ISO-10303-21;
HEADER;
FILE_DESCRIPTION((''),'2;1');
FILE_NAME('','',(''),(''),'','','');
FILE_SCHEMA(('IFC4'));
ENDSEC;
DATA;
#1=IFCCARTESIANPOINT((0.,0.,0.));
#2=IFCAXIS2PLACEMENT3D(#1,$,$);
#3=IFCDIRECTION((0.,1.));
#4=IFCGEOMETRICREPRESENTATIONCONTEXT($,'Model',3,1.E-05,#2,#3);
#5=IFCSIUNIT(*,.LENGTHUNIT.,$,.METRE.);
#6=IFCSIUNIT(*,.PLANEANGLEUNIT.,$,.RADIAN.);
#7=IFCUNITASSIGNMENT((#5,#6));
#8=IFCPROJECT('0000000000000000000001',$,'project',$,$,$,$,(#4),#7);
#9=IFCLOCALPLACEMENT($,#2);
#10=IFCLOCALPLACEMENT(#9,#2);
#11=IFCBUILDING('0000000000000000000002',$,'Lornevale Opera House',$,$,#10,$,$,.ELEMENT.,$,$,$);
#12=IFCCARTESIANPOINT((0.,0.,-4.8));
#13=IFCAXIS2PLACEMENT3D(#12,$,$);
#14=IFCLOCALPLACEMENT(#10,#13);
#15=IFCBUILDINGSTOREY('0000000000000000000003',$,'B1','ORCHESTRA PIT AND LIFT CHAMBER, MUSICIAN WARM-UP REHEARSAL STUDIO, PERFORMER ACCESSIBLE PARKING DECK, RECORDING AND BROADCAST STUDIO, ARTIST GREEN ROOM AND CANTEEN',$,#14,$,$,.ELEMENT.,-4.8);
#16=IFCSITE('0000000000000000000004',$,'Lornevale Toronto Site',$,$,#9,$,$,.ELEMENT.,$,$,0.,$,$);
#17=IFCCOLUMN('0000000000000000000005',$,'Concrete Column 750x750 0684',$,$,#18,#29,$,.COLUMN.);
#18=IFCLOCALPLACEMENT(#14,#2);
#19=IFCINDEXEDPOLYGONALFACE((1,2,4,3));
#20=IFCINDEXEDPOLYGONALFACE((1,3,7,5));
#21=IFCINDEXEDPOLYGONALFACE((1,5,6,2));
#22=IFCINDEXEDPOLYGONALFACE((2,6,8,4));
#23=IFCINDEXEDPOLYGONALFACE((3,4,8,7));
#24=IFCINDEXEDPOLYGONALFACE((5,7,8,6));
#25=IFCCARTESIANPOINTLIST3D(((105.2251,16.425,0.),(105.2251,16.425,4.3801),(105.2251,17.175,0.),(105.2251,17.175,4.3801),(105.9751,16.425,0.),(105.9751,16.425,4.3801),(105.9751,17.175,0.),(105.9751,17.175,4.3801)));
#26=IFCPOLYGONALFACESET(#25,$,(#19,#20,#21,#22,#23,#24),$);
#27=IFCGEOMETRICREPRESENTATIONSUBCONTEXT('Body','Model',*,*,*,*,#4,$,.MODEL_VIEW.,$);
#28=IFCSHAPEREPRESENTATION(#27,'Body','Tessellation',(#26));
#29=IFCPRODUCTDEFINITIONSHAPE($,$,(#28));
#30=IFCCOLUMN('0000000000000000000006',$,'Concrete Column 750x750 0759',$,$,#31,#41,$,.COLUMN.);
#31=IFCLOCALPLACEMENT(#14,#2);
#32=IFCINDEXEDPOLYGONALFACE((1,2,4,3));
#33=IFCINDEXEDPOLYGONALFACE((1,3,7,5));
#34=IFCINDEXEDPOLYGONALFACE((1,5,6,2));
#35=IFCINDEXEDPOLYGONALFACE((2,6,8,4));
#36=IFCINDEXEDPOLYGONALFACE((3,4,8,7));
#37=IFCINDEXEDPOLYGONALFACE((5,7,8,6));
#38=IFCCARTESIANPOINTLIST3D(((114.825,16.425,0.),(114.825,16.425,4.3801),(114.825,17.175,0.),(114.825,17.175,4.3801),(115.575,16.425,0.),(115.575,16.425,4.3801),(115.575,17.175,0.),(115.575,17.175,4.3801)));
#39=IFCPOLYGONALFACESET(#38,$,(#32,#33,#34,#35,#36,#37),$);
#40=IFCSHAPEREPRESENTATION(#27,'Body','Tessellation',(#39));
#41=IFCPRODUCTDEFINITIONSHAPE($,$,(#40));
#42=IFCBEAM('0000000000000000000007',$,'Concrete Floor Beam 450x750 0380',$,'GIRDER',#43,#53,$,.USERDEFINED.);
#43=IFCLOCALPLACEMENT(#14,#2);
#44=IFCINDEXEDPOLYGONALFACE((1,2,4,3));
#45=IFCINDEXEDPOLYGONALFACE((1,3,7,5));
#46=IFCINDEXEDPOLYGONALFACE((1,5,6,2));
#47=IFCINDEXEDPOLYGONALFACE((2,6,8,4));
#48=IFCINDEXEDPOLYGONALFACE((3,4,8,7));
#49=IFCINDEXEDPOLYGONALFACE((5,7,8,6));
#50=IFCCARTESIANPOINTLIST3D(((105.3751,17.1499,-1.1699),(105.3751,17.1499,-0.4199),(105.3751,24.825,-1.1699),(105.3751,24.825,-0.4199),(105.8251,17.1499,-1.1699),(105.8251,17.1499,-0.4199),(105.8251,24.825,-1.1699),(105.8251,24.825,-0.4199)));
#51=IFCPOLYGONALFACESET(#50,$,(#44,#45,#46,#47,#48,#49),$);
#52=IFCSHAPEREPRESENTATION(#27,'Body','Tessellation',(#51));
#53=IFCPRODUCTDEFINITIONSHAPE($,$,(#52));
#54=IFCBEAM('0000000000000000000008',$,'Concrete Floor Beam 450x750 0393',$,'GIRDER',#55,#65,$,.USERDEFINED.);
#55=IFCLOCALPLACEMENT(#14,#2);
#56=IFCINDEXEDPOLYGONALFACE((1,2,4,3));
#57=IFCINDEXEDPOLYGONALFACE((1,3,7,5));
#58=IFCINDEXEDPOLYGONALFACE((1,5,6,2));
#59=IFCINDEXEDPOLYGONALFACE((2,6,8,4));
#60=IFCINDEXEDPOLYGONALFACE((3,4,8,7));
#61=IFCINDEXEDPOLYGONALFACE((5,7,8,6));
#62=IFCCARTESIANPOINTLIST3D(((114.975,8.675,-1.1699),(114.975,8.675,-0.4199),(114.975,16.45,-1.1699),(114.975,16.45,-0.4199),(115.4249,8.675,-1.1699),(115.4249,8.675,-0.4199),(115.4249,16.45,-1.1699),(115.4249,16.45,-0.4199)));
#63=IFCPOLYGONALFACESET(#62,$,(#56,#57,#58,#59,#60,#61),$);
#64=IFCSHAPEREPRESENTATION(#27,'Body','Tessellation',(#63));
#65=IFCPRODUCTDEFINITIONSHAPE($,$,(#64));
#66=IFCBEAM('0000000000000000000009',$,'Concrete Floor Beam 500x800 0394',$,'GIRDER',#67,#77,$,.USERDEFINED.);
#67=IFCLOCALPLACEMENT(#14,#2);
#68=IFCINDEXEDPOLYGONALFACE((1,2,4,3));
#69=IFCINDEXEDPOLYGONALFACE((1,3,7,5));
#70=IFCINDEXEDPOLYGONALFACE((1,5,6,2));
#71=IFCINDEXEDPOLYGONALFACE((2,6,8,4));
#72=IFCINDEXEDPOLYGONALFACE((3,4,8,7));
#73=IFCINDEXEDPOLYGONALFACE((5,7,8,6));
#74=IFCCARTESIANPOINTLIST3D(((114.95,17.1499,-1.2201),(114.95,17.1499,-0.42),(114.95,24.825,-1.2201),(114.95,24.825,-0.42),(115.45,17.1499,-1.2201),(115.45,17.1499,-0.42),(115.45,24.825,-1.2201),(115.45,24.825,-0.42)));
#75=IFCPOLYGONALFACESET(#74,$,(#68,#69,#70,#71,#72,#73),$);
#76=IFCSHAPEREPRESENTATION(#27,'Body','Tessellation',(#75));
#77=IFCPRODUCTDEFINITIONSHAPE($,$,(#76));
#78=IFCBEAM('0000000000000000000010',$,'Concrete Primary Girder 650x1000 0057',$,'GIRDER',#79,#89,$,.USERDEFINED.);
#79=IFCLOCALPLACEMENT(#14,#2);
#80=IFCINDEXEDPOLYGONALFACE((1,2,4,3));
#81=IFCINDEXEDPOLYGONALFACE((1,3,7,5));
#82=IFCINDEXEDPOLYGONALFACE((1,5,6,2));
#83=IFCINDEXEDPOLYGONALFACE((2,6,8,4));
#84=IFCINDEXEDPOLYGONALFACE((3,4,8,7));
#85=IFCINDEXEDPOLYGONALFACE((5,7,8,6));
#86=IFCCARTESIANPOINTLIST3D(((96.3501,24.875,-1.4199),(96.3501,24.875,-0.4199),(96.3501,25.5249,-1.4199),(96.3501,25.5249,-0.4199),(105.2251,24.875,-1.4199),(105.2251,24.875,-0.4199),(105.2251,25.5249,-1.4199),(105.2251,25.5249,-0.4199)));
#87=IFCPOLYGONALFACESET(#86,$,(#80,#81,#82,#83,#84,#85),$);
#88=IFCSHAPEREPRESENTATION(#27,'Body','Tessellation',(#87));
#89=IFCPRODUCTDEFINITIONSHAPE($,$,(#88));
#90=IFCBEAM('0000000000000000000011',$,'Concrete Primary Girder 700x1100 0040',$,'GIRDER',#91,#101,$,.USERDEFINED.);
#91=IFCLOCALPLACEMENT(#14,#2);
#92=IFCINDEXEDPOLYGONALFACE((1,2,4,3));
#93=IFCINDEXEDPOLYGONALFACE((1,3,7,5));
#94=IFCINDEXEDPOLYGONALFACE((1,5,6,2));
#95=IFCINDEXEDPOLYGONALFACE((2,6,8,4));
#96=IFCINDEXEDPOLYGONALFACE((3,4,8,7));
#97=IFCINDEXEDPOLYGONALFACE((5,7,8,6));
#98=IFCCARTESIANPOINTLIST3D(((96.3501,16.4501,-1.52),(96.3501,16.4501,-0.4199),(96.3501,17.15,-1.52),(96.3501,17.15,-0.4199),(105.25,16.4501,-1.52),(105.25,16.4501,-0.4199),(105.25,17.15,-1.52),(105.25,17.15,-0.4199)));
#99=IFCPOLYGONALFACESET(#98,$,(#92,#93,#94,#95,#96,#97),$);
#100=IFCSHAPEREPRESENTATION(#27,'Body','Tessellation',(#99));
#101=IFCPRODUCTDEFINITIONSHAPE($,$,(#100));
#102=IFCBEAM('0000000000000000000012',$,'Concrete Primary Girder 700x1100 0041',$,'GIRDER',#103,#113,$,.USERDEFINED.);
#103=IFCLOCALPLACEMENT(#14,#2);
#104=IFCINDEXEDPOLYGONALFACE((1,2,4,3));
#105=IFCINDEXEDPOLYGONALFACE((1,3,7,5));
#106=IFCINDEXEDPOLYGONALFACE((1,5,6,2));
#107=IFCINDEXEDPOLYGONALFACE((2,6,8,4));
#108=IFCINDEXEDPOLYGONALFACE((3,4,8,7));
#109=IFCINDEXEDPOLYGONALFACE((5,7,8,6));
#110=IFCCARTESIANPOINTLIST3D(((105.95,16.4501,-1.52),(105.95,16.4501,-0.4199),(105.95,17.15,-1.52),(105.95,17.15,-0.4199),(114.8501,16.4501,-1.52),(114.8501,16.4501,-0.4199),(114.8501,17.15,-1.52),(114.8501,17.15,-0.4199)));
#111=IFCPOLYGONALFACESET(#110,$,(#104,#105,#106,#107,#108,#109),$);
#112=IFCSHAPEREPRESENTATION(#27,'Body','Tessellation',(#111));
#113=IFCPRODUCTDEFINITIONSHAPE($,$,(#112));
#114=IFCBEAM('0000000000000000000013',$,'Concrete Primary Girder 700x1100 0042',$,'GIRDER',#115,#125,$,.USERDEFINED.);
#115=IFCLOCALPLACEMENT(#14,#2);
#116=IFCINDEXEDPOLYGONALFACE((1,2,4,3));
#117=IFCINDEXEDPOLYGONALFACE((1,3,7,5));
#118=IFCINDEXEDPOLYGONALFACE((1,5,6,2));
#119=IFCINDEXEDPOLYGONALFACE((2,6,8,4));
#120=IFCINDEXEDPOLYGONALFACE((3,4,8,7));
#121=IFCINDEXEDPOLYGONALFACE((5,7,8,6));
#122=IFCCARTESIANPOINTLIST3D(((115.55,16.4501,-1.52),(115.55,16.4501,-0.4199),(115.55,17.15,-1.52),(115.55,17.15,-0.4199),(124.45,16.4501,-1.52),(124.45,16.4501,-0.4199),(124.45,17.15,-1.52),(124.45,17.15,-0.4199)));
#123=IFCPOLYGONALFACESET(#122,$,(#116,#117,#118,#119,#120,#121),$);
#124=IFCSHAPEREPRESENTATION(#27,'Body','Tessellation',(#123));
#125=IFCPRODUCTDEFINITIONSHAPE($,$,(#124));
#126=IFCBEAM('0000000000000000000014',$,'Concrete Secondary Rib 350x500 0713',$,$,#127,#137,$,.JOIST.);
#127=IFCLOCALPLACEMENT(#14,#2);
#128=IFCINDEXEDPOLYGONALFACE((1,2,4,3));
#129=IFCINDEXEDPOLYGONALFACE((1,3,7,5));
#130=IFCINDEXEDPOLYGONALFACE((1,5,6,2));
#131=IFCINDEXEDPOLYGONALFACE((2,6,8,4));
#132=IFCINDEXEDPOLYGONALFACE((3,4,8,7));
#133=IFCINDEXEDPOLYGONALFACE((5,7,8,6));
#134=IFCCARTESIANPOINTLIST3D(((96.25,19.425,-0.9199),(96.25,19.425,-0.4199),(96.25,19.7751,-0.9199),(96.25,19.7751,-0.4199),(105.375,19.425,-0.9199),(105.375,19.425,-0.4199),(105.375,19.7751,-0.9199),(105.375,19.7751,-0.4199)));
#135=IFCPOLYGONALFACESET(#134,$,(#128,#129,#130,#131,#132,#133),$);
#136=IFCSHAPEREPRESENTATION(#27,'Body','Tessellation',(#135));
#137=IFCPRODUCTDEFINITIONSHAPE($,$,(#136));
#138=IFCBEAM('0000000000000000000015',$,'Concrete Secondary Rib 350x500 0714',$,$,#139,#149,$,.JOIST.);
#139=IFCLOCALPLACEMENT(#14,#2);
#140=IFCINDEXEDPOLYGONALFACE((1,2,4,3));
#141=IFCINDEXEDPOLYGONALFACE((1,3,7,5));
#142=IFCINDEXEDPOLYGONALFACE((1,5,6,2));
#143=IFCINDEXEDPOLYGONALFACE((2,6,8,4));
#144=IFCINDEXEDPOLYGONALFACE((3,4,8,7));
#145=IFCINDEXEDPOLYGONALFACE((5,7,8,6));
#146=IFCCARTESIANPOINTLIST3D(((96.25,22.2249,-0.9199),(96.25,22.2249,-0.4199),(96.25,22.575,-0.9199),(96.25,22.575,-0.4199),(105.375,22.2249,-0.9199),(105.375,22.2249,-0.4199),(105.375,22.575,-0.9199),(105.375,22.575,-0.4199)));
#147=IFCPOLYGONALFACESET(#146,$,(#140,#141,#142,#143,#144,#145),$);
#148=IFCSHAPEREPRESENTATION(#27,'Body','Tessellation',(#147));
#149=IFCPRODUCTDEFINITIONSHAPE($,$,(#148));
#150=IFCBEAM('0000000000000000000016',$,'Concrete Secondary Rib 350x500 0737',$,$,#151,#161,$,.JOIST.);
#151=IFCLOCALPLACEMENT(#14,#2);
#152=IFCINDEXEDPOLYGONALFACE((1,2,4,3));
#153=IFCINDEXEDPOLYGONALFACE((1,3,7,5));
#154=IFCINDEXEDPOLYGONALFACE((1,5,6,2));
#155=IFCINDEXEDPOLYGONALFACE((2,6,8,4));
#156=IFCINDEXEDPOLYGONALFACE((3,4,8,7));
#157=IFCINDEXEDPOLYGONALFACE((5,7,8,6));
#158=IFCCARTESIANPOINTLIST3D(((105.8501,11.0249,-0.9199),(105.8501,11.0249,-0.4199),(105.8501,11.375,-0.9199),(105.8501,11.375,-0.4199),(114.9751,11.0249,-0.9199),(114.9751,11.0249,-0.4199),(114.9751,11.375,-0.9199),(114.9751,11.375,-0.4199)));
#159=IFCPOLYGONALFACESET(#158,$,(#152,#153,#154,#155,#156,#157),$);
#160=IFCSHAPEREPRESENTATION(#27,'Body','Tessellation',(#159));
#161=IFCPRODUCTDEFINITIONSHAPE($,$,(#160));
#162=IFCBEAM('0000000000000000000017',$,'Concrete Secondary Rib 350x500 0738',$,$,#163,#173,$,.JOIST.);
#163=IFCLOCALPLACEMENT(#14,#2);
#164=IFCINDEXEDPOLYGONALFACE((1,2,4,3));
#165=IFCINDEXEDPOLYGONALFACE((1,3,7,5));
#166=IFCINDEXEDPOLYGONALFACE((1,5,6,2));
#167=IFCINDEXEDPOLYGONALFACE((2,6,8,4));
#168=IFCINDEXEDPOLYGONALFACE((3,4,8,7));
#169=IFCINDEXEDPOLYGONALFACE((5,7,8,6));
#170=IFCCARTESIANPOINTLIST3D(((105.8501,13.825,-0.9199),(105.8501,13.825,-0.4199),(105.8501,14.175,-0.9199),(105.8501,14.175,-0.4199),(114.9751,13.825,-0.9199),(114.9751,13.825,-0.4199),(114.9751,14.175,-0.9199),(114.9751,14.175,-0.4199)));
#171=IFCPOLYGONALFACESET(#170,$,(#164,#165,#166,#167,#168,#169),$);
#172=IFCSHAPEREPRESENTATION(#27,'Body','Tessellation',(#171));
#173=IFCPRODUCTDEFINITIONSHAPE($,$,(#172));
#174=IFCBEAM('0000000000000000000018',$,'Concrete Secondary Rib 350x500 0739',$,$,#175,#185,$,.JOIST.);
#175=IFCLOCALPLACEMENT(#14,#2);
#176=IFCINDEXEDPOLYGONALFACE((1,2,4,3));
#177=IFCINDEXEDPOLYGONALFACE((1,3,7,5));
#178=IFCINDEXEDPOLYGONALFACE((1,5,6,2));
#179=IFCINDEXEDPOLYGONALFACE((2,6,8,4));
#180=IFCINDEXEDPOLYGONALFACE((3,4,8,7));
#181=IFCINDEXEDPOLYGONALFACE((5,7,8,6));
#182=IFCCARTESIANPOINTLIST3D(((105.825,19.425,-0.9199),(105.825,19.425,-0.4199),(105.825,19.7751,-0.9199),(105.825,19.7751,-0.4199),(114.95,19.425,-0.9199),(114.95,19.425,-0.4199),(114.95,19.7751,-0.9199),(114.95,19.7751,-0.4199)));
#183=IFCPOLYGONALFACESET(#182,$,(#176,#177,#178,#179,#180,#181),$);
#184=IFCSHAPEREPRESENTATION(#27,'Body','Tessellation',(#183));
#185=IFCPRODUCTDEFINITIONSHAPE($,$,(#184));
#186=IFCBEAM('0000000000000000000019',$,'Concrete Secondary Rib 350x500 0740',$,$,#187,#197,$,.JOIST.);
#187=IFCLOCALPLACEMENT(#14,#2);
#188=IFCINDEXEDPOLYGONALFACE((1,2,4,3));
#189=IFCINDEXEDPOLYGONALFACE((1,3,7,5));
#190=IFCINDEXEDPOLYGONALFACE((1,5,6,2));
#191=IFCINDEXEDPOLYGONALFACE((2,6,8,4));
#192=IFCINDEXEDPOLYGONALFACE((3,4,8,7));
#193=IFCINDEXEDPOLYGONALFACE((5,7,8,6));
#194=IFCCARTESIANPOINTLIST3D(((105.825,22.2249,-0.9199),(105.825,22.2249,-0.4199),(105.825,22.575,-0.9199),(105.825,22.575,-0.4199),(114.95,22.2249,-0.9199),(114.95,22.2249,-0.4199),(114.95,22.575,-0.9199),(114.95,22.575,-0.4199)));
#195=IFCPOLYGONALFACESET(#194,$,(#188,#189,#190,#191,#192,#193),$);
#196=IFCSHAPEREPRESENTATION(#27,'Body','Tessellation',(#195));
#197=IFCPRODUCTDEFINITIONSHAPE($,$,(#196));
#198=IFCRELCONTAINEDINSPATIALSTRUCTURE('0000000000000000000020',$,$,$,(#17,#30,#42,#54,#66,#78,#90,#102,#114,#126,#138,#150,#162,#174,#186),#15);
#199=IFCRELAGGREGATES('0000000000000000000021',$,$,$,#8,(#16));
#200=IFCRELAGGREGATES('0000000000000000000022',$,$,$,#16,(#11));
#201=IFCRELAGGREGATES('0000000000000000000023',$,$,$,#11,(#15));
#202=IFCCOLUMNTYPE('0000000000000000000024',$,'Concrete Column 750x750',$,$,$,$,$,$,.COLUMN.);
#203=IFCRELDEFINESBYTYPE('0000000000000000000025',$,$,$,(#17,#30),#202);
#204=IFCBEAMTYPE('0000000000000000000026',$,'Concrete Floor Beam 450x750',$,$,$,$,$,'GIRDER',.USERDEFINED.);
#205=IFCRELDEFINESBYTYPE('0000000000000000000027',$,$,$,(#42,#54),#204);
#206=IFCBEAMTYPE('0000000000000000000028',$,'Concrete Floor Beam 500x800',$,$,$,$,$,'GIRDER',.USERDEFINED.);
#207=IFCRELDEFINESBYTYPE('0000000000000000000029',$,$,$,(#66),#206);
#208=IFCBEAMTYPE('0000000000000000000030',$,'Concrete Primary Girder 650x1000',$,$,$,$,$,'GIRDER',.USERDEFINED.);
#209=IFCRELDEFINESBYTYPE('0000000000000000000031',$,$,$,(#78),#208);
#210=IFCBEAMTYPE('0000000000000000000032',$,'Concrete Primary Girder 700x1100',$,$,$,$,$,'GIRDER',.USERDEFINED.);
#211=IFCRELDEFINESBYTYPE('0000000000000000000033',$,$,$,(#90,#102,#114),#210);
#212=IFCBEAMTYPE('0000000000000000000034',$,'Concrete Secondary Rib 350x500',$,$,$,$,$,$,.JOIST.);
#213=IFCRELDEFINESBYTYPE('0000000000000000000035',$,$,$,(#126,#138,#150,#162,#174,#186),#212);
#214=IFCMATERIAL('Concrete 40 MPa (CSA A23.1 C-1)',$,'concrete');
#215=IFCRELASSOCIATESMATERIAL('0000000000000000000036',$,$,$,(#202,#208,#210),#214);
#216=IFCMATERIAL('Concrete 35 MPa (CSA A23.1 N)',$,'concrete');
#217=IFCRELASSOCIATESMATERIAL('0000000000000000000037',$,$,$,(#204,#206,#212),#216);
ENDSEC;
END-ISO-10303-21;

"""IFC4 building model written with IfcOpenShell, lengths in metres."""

from ifc_helpers import new_model, si_unit, direction, frame, origin, origin_2d, place, context, subcontext, project, spatial, rectangle, extrude, material, material_profile, profile_set, type_object, element, save


model = new_model("IFC4")

# Units and contexts
model_context = context("Model", 3, precision=1e-05, world=origin(), true_north=direction((0.0, 1.0)))
body_context = subcontext(model_context, "Body", "Model", "MODEL_VIEW")
ifc_project = project(units=[si_unit("LENGTHUNIT", "METRE"), si_unit("PLANEANGLEUNIT", "RADIAN")], contexts=[model_context])

# Site, building, storey
site_placement = place(None, origin())
site = spatial("IfcSite", under=ifc_project, at=site_placement, Name="Lornevale Toronto Site", CompositionType="ELEMENT", RefElevation=0.0)
building_placement = place(site_placement, origin())
building = spatial("IfcBuilding", under=site, at=building_placement, Name="Lornevale Opera House", CompositionType="ELEMENT")
storey_placement = place(building_placement, frame((0.0, 0.0, -4.8)))
storey = spatial("IfcBuildingStorey", under=building, at=storey_placement, Name="B1", Description="ORCHESTRA PIT AND LIFT CHAMBER, MUSICIAN WARM-UP REHEARSAL STUDIO, PERFORMER ACCESSIBLE PARKING DECK, RECORDING AND BROADCAST STUDIO, ARTIST GREEN ROOM AND CANTEEN", CompositionType="ELEMENT", Elevation=-4.8)

# Columns
ifc_material_1 = material(Name="Concrete 40 MPa (CSA A23.1 C-1)", Category="concrete")
ifc_material_profile_1 = material_profile(ifc_material_1, rectangle(XDim=0.75, YDim=0.75, at=origin_2d()), Name="RC750x750")
ifc_profile_set_1 = profile_set([ifc_material_profile_1], Name="Concrete 40 MPa (CSA A23.1 C-1)")
column_type = type_object("IfcColumnType", Name="Concrete Column 750x750", PredefinedType="COLUMN", material=ifc_profile_set_1)
for number, where, z_axis, x_axis, name in (
    (1, (105.6001, 16.8, 0.0), (0.0, 0.0, 1.0), (1.0, 0.0, 0.0), "Concrete Column 750x750 0684"),
    (2, (115.2, 16.8, 0.0), (0.0, 0.0, 1.0), (1.0, 0.0, 0.0), "Concrete Column 750x750 0759"),
):
    element("IfcColumn", number, at=place(storey_placement, frame(where, z_axis=z_axis, x_axis=x_axis)), inside=storey, type_object=column_type, Name=name, PredefinedType="COLUMN", context=body_context, shape_type="SweptSolid", body=[
        extrude(rectangle(XDim=0.75, YDim=0.75, at=origin_2d()), origin(), (0.0, 0.0, 1.0), 4.3801),
    ])

# Beams
ifc_material_2 = material(Name="Concrete 35 MPa (CSA A23.1 N)", Category="concrete")
ifc_material_profile_2 = material_profile(ifc_material_2, rectangle(XDim=0.45, YDim=0.75, at=origin_2d()), Name="RC450x750")
ifc_profile_set_2 = profile_set([ifc_material_profile_2], Name="Concrete 35 MPa (CSA A23.1 N)")
beam_type_1 = type_object("IfcBeamType", Name="Concrete Floor Beam 450x750", ElementType="GIRDER", PredefinedType="USERDEFINED", material=ifc_profile_set_2)
beam_1_placement = place(storey_placement, frame((105.6001, 17.1499, -0.7949), z_axis=(0.0, 1.0, 0.0), x_axis=(-1.0, 0.0, 0.0)))
element("IfcBeam", 3, at=beam_1_placement, inside=storey, type_object=beam_type_1, Name="Concrete Floor Beam 450x750 0380", ObjectType="GIRDER", PredefinedType="USERDEFINED", context=body_context, shape_type="SweptSolid", body=[
    extrude(rectangle(XDim=0.45, YDim=0.75, at=origin_2d()), origin(), (0.0, 0.0, 1.0), 7.675),
])
beam_2_placement = place(storey_placement, frame((115.2, 8.675, -0.7949), z_axis=(0.0, 1.0, 0.0), x_axis=(-1.0, 0.0, 0.0)))
element("IfcBeam", 4, at=beam_2_placement, inside=storey, type_object=beam_type_1, Name="Concrete Floor Beam 450x750 0393", ObjectType="GIRDER", PredefinedType="USERDEFINED", context=body_context, shape_type="SweptSolid", body=[
    extrude(rectangle(XDim=0.45, YDim=0.75, at=origin_2d()), origin(), (0.0, 0.0, 1.0), 7.7749),
])
ifc_material_profile_3 = material_profile(ifc_material_2, rectangle(XDim=0.5, YDim=0.8, at=origin_2d()), Name="RC500x800")
ifc_profile_set_3 = profile_set([ifc_material_profile_3], Name="Concrete 35 MPa (CSA A23.1 N)")
beam_type_2 = type_object("IfcBeamType", Name="Concrete Floor Beam 500x800", ElementType="GIRDER", PredefinedType="USERDEFINED", material=ifc_profile_set_3)
beam_3_placement = place(storey_placement, frame((115.2, 17.1499, -0.8201), z_axis=(0.0, 1.0, 0.0), x_axis=(-1.0, 0.0, 0.0)))
element("IfcBeam", 5, at=beam_3_placement, inside=storey, type_object=beam_type_2, Name="Concrete Floor Beam 500x800 0394", ObjectType="GIRDER", PredefinedType="USERDEFINED", context=body_context, shape_type="SweptSolid", body=[
    extrude(rectangle(XDim=0.5, YDim=0.8, at=origin_2d()), origin(), (0.0, 0.0, 1.0), 7.675),
])
ifc_material_profile_4 = material_profile(ifc_material_1, rectangle(XDim=0.6499, YDim=1.0, at=origin_2d()), Name="RC650x1000")
ifc_profile_set_4 = profile_set([ifc_material_profile_4], Name="Concrete 40 MPa (CSA A23.1 C-1)")
beam_type_3 = type_object("IfcBeamType", Name="Concrete Primary Girder 650x1000", ElementType="GIRDER", PredefinedType="USERDEFINED", material=ifc_profile_set_4)
beam_4_placement = place(storey_placement, frame((96.3501, 25.2, -0.9199), z_axis=(1.0, 0.0, 0.0), x_axis=(0.0, 1.0, 0.0)))
element("IfcBeam", 6, at=beam_4_placement, inside=storey, type_object=beam_type_3, Name="Concrete Primary Girder 650x1000 0057", ObjectType="GIRDER", PredefinedType="USERDEFINED", context=body_context, shape_type="SweptSolid", body=[
    extrude(rectangle(XDim=0.6499, YDim=1.0, at=origin_2d()), origin(), (0.0, 0.0, 1.0), 8.875),
])
ifc_material_profile_5 = material_profile(ifc_material_1, rectangle(XDim=0.7, YDim=1.1001, at=origin_2d()), Name="RC700x1100")
ifc_profile_set_5 = profile_set([ifc_material_profile_5], Name="Concrete 40 MPa (CSA A23.1 C-1)")
beam_type_4 = type_object("IfcBeamType", Name="Concrete Primary Girder 700x1100", ElementType="GIRDER", PredefinedType="USERDEFINED", material=ifc_profile_set_5)
beam_5_placement = place(storey_placement, frame((96.3501, 16.8, -0.97), z_axis=(1.0, 0.0, 0.0), x_axis=(0.0, 1.0, 0.0)))
element("IfcBeam", 7, at=beam_5_placement, inside=storey, type_object=beam_type_4, Name="Concrete Primary Girder 700x1100 0040", ObjectType="GIRDER", PredefinedType="USERDEFINED", context=body_context, shape_type="SweptSolid", body=[
    extrude(rectangle(XDim=0.7, YDim=1.1001, at=origin_2d()), origin(), (0.0, 0.0, 1.0), 8.8999),
])
beam_6_placement = place(storey_placement, frame((105.95, 16.8, -0.97), z_axis=(1.0, 0.0, 0.0), x_axis=(0.0, 1.0, 0.0)))
element("IfcBeam", 8, at=beam_6_placement, inside=storey, type_object=beam_type_4, Name="Concrete Primary Girder 700x1100 0041", ObjectType="GIRDER", PredefinedType="USERDEFINED", context=body_context, shape_type="SweptSolid", body=[
    extrude(rectangle(XDim=0.7, YDim=1.1001, at=origin_2d()), origin(), (0.0, 0.0, 1.0), 8.9001),
])
beam_7_placement = place(storey_placement, frame((115.55, 16.8, -0.97), z_axis=(1.0, 0.0, 0.0), x_axis=(0.0, 1.0, 0.0)))
element("IfcBeam", 9, at=beam_7_placement, inside=storey, type_object=beam_type_4, Name="Concrete Primary Girder 700x1100 0042", ObjectType="GIRDER", PredefinedType="USERDEFINED", context=body_context, shape_type="SweptSolid", body=[
    extrude(rectangle(XDim=0.7, YDim=1.1001, at=origin_2d()), origin(), (0.0, 0.0, 1.0), 8.8999),
])
ifc_material_profile_6 = material_profile(ifc_material_2, rectangle(XDim=0.3501, YDim=0.5, at=origin_2d()), Name="RC350x500")
ifc_profile_set_6 = profile_set([ifc_material_profile_6], Name="Concrete 35 MPa (CSA A23.1 N)")
beam_type_5 = type_object("IfcBeamType", Name="Concrete Secondary Rib 350x500", PredefinedType="JOIST", material=ifc_profile_set_6)
for number, where, z_axis, x_axis, name in (
    (10, (96.25, 19.6001, -0.6699), (1.0, 0.0, 0.0), (0.0, 1.0, 0.0), "Concrete Secondary Rib 350x500 0713"),
    (11, (96.25, 22.3999, -0.6699), (1.0, 0.0, 0.0), (0.0, 1.0, 0.0), "Concrete Secondary Rib 350x500 0714"),
    (12, (105.8501, 11.2, -0.6699), (1.0, 0.0, 0.0), (0.0, 1.0, 0.0), "Concrete Secondary Rib 350x500 0737"),
    (13, (105.8501, 14.0, -0.6699), (1.0, 0.0, 0.0), (0.0, 1.0, 0.0), "Concrete Secondary Rib 350x500 0738"),
    (14, (105.825, 19.6001, -0.6699), (1.0, 0.0, 0.0), (0.0, 1.0, 0.0), "Concrete Secondary Rib 350x500 0739"),
    (15, (105.825, 22.3999, -0.6699), (1.0, 0.0, 0.0), (0.0, 1.0, 0.0), "Concrete Secondary Rib 350x500 0740"),
):
    element("IfcBeam", number, at=place(storey_placement, frame(where, z_axis=z_axis, x_axis=x_axis)), inside=storey, type_object=beam_type_5, Name=name, PredefinedType="JOIST", context=body_context, shape_type="SweptSolid", body=[
        extrude(rectangle(XDim=0.3501, YDim=0.5, at=origin_2d()), origin(), (0.0, 0.0, 1.0), 9.125),
    ])

save(model, "model.ifc")
